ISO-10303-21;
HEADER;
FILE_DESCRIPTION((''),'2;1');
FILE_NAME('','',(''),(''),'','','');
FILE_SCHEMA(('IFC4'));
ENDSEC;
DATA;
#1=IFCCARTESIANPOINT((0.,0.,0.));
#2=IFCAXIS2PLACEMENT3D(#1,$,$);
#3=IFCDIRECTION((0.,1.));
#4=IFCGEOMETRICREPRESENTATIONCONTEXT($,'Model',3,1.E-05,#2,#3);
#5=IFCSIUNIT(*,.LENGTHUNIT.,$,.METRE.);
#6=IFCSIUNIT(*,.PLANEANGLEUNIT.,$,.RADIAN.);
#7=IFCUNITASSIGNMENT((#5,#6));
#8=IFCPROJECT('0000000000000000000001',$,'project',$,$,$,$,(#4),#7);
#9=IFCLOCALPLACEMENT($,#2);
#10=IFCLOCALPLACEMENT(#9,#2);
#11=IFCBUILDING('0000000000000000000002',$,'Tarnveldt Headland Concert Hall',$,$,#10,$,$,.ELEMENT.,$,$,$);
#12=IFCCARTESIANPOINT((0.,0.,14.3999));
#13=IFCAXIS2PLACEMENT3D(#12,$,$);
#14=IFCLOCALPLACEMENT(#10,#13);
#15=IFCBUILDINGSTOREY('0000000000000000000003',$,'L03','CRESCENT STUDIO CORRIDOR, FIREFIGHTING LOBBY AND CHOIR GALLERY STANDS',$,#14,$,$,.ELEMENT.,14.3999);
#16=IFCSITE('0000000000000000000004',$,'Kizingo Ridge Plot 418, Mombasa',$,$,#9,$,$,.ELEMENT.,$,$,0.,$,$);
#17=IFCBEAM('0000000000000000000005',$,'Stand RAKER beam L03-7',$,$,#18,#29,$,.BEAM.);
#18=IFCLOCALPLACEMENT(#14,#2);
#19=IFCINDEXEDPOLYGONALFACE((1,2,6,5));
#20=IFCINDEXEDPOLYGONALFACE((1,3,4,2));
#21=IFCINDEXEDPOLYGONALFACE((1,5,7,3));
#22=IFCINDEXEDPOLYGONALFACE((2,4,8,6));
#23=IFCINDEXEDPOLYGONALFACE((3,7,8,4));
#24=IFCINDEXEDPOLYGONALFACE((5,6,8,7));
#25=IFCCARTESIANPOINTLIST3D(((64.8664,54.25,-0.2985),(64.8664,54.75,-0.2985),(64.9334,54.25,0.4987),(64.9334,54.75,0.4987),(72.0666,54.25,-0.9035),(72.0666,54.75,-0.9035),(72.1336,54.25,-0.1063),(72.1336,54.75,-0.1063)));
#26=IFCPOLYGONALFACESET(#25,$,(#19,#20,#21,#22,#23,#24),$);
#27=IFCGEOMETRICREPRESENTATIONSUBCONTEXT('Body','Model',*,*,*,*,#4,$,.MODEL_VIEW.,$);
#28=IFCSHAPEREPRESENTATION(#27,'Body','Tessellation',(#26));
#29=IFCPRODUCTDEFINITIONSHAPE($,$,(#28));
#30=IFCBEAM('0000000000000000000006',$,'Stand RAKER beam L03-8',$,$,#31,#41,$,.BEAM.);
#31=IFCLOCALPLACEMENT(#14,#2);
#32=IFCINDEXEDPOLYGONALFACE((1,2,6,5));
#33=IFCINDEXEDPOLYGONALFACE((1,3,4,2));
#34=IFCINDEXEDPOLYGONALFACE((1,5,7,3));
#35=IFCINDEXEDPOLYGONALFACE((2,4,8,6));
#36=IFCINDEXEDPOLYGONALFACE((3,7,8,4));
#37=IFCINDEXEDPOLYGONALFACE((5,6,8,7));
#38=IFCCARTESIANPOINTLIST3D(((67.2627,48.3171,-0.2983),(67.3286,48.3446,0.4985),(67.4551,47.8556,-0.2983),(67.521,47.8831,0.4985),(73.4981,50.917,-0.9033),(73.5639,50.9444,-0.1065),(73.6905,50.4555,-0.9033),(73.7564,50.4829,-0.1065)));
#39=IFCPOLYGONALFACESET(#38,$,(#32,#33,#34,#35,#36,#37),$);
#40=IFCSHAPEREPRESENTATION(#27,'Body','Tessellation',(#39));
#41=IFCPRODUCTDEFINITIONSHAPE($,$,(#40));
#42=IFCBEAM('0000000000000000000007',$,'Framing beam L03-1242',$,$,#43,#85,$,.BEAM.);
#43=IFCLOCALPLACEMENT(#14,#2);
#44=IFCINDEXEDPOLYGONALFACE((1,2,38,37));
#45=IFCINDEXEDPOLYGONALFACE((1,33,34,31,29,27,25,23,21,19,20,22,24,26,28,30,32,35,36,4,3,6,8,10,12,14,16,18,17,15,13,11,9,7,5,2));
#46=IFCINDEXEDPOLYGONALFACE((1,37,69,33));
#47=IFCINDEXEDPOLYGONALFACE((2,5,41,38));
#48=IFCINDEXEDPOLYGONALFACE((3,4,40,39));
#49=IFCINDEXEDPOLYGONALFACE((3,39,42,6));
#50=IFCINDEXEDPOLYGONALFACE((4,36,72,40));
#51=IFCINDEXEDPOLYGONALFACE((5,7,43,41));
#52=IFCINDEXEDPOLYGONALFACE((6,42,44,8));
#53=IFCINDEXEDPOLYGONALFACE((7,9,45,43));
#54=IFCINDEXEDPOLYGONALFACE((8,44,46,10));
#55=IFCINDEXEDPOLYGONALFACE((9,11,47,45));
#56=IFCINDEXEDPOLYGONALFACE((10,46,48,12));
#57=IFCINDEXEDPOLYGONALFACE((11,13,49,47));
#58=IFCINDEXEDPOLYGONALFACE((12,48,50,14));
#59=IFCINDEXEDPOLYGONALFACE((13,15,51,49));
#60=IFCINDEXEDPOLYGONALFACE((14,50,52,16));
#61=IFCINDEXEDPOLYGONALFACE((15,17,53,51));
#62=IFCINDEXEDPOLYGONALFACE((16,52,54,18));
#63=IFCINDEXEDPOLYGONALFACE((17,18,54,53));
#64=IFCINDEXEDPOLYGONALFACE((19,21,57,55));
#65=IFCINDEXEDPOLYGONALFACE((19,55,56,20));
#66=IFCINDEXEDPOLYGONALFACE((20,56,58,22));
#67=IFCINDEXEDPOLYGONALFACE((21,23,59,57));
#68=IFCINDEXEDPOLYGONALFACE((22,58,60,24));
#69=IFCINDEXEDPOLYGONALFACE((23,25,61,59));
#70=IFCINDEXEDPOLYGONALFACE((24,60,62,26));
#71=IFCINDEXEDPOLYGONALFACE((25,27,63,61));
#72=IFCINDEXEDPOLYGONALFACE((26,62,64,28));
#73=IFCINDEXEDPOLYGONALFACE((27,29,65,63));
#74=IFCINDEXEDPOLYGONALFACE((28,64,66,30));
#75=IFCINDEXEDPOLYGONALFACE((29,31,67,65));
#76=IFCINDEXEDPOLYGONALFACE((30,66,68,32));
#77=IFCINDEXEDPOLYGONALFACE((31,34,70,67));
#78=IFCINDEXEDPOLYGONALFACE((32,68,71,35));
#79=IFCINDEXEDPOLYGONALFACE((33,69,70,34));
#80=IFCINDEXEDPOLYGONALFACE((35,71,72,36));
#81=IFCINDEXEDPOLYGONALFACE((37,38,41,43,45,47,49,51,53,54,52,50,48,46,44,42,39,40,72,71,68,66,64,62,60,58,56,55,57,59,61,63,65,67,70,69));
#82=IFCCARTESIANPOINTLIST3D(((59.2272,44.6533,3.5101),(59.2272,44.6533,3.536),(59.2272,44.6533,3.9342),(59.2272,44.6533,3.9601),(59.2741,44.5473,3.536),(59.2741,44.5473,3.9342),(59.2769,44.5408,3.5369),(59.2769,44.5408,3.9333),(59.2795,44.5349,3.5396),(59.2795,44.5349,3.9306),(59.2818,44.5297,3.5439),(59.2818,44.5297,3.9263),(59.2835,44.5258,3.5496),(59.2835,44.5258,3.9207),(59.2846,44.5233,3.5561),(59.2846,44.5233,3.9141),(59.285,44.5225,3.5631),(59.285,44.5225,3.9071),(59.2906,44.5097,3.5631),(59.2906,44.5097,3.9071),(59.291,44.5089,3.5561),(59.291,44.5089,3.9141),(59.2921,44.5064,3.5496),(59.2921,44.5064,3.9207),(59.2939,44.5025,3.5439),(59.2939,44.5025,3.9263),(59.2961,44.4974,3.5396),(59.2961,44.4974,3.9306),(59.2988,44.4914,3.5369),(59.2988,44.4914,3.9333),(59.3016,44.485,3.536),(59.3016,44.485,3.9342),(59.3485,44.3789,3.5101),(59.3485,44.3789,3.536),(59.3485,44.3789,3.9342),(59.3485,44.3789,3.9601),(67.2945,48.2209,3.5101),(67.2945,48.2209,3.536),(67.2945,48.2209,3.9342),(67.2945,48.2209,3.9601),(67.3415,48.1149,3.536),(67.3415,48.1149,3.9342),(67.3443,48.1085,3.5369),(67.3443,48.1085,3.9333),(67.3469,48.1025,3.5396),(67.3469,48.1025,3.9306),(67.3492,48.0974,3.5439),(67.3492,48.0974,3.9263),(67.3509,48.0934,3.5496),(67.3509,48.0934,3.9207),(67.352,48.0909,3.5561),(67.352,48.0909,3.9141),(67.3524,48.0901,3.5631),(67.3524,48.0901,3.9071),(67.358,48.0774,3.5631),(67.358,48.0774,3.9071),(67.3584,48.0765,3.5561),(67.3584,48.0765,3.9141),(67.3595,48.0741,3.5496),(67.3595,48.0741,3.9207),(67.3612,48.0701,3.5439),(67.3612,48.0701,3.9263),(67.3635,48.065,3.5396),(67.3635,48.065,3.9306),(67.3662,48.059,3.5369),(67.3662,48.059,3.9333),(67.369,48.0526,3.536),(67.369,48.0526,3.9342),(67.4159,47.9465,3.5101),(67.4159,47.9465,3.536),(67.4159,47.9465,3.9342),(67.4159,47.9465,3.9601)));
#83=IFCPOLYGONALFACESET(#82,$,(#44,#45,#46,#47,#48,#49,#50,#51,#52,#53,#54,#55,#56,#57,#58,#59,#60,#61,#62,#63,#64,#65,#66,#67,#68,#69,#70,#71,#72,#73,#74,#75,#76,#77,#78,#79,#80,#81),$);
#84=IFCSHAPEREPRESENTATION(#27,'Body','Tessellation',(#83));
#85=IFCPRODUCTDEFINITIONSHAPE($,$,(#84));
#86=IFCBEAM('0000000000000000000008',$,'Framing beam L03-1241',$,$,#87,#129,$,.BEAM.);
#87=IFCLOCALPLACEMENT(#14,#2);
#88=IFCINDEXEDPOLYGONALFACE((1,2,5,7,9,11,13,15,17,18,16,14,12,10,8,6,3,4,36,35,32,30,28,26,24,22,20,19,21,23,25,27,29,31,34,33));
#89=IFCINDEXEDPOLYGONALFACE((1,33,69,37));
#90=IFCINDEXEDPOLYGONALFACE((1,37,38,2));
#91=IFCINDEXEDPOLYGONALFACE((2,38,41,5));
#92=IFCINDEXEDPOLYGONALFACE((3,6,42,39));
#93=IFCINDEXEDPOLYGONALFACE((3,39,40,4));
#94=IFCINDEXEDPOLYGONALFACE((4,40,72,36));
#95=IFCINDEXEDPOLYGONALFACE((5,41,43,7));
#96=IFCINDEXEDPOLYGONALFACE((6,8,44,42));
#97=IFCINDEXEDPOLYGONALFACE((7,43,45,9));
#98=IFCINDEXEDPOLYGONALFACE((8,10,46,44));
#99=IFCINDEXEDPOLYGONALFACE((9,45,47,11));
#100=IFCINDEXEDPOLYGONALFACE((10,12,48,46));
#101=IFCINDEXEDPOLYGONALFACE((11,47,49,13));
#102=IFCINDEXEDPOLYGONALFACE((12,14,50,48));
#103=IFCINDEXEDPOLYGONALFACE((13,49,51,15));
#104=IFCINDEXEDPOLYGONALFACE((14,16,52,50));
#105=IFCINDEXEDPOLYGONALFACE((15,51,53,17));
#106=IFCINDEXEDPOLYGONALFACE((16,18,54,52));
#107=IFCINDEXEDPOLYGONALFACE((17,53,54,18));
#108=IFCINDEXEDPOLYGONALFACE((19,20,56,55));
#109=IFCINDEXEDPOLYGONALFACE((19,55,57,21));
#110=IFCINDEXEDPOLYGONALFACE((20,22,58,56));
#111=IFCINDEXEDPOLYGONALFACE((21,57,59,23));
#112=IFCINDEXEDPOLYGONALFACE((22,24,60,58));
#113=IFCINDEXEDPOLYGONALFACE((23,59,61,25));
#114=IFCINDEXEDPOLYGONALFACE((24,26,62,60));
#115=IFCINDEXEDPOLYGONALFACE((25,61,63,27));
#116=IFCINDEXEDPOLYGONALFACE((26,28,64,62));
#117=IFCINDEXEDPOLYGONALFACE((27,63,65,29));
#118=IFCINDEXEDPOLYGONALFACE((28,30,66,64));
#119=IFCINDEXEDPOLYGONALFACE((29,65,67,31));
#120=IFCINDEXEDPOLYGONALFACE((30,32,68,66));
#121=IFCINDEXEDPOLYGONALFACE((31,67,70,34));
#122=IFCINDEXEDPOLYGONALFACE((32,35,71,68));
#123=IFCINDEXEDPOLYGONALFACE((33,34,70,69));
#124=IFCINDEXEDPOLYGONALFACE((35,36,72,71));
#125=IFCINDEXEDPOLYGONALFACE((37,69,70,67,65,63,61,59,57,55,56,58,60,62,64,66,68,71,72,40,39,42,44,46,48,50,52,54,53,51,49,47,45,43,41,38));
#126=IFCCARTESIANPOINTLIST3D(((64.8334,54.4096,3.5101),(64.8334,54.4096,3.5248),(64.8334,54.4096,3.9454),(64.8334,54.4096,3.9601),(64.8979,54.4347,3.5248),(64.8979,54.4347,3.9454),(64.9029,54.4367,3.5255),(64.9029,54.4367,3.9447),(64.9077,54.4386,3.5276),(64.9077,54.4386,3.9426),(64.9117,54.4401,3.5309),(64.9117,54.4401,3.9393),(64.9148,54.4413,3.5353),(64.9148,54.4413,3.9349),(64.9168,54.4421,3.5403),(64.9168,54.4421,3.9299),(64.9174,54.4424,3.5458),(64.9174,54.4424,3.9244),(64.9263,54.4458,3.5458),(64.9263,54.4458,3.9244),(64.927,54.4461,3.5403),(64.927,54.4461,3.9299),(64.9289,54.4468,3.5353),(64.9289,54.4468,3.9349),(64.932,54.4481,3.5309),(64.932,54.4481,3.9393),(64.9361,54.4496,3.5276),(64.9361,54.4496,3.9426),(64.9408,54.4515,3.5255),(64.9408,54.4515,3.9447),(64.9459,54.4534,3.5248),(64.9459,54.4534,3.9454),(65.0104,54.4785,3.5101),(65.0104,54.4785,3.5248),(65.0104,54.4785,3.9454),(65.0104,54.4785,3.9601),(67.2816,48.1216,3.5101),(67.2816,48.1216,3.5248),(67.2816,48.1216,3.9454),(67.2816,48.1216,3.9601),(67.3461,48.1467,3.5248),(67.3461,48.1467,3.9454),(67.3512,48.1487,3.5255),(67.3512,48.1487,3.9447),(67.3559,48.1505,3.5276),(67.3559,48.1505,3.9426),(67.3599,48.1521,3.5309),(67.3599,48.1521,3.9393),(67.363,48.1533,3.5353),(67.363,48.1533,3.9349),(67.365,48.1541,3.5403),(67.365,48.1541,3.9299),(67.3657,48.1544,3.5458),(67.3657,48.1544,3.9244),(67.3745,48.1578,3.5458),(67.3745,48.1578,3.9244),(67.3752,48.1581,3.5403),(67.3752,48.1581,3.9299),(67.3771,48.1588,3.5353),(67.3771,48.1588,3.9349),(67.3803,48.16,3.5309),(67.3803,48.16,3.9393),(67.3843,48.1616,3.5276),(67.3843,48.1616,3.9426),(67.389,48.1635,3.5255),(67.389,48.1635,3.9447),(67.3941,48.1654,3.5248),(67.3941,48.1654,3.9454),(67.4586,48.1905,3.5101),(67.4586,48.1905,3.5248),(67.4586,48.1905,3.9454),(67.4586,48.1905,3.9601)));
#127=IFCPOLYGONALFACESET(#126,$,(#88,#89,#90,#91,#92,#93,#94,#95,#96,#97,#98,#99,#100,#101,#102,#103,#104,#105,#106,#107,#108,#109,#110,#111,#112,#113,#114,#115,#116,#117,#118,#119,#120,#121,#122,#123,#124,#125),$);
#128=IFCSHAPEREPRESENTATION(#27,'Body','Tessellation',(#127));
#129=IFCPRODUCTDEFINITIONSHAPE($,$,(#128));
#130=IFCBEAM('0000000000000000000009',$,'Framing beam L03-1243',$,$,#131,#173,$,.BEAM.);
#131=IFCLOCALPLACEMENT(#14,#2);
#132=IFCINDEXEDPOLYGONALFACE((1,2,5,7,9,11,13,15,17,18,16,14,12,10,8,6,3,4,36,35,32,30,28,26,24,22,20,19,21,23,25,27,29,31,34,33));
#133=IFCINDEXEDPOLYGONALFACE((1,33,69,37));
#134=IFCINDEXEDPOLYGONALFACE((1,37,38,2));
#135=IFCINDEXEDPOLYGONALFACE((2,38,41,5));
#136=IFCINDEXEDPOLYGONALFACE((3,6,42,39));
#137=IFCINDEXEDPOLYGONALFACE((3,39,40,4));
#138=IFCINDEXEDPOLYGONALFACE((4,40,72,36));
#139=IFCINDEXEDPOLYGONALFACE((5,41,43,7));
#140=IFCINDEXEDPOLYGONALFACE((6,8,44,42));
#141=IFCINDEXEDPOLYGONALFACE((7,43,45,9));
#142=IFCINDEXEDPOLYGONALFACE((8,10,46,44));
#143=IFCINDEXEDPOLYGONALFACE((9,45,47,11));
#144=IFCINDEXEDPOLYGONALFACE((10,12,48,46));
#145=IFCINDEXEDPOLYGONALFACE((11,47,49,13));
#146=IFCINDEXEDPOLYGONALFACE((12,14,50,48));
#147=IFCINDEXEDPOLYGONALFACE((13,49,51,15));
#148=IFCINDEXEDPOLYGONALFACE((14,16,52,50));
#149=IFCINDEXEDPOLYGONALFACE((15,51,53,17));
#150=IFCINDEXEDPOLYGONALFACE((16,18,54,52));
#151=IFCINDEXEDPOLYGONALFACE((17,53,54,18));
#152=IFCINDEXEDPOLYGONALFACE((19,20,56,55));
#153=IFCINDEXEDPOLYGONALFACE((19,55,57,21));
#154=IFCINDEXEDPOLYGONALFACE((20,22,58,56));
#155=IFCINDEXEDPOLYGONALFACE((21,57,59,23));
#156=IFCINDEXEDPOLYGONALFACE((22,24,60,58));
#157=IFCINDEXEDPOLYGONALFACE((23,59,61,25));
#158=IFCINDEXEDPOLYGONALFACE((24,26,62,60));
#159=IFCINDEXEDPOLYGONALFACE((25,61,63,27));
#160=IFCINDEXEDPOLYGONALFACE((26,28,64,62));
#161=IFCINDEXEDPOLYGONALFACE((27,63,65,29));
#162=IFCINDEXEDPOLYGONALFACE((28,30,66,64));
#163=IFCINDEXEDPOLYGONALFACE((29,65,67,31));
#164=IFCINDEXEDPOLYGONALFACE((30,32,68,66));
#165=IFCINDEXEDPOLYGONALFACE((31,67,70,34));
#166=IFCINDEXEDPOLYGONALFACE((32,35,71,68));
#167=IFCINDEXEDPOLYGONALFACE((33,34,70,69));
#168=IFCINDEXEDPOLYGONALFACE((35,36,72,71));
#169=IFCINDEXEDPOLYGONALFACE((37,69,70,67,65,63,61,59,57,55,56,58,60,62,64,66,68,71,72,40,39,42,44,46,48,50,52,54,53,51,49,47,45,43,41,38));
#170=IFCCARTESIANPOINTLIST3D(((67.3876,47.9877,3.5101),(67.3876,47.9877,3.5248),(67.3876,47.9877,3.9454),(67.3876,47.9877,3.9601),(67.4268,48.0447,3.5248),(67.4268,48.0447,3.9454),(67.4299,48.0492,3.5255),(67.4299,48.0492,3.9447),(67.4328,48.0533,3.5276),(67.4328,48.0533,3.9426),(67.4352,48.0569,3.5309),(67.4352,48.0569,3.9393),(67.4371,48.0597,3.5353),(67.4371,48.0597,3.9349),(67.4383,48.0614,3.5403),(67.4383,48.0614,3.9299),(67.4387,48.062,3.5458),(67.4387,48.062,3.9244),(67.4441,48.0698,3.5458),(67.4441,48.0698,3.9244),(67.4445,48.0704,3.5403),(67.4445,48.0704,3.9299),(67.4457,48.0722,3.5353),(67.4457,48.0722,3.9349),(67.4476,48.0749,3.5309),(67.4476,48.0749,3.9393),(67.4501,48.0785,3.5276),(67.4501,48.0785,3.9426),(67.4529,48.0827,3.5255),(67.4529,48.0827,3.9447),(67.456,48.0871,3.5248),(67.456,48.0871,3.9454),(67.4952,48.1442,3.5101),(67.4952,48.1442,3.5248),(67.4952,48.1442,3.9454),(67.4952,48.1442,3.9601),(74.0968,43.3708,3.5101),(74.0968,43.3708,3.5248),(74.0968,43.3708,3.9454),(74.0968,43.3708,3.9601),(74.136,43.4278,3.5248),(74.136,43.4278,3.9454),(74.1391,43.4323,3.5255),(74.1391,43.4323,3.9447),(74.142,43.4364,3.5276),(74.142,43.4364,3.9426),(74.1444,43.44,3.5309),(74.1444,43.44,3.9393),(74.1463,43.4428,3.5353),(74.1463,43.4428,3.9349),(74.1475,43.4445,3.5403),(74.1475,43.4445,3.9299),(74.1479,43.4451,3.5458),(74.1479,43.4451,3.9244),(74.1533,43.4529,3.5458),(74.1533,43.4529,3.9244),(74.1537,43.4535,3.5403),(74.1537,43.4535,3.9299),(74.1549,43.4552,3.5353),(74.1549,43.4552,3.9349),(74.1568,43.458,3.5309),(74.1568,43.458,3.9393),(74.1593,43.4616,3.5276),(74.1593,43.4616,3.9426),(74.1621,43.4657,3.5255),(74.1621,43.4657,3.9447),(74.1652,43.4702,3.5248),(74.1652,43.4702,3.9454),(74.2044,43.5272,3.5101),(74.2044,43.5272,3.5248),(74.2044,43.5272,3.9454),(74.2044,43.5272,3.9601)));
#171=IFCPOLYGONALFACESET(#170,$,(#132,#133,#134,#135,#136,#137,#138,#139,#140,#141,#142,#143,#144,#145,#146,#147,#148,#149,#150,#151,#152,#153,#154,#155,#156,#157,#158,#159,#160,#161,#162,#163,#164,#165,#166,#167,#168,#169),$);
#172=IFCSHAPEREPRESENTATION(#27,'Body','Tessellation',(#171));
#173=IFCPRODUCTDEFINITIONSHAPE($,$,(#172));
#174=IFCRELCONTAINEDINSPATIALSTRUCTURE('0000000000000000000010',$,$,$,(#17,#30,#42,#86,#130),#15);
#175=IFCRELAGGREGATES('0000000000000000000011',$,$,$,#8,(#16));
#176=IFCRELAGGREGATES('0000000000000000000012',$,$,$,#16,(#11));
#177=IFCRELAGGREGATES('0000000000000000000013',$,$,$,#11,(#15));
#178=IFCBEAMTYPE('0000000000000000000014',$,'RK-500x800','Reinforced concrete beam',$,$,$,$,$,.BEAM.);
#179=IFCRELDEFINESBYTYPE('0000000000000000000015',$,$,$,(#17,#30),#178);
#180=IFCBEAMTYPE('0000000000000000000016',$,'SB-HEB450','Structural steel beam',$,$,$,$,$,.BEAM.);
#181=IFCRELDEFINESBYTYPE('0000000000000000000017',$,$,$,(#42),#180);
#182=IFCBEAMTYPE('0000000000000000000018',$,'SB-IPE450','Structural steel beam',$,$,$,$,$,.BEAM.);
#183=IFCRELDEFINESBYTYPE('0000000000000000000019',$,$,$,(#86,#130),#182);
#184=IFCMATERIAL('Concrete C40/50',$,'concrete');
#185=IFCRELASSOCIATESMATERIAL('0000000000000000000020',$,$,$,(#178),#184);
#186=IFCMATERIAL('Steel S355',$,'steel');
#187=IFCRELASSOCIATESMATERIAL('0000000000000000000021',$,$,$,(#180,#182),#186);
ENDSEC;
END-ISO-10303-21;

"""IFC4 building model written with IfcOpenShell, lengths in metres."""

from ifc_helpers import new_model, si_unit, direction, frame, origin, origin_2d, place, context, subcontext, project, spatial, rectangle, i_section, extrude, material, material_profile, profile_set, type_object, element, save


model = new_model("IFC4")

# Units and contexts
model_context = context("Model", 3, precision=1e-05, world=origin(), true_north=direction((0.0, 1.0)))
body_context = subcontext(model_context, "Body", "Model", "MODEL_VIEW")
ifc_project = project(units=[si_unit("LENGTHUNIT", "METRE"), si_unit("PLANEANGLEUNIT", "RADIAN")], contexts=[model_context])

# Site, building, storey
site_placement = place(None, origin())
site = spatial("IfcSite", under=ifc_project, at=site_placement, Name="Kizingo Ridge Plot 418, Mombasa", CompositionType="ELEMENT", RefElevation=0.0)
building_placement = place(site_placement, origin())
building = spatial("IfcBuilding", under=site, at=building_placement, Name="Tarnveldt Headland Concert Hall", CompositionType="ELEMENT")
storey_placement = place(building_placement, frame((0.0, 0.0, 14.3999)))
storey = spatial("IfcBuildingStorey", under=building, at=storey_placement, Name="L03", Description="CRESCENT STUDIO CORRIDOR, FIREFIGHTING LOBBY AND CHOIR GALLERY STANDS", CompositionType="ELEMENT", Elevation=14.3999)

# Shared definitions
ifc_material_1 = material(Name="Concrete C40/50", Category="concrete")

# Beams
ifc_material_profile_1 = material_profile(ifc_material_1, rectangle(XDim=0.5, YDim=0.8, at=origin_2d()), Name="RAKER RC 500x800", Category="concrete")
ifc_profile_set_1 = profile_set([ifc_material_profile_1], Name="Concrete C40/50")
beam_type_1 = type_object("IfcBeamType", Name="RK-500x800", Description="Reinforced concrete beam", PredefinedType="BEAM", material=ifc_profile_set_1)
beam_1_placement = place(storey_placement, frame((64.8999, 54.5, 0.1001), z_axis=(0.996489, 0.0, -0.083728), x_axis=(0.0, 1.0, 0.0)))
element("IfcBeam", 1, at=beam_1_placement, inside=storey, type_object=beam_type_1, Name="Stand RAKER beam L03-7", PredefinedType="BEAM", context=body_context, shape_type="SweptSolid", body=[
    extrude(rectangle(XDim=0.5, YDim=0.8, at=origin_2d()), origin(), (0.0, 0.0, 1.0), 7.2256),
])
beam_2_placement = place(storey_placement, frame((67.3918, 48.1001, 0.1001), z_axis=(0.919304, 0.383307, -0.089195), x_axis=(-0.384841, 0.922983, 0.0)))
element("IfcBeam", 2, at=beam_2_placement, inside=storey, type_object=beam_type_1, Name="Stand RAKER beam L03-8", PredefinedType="BEAM", context=body_context, shape_type="SweptSolid", body=[
    extrude(rectangle(XDim=0.5, YDim=0.8, at=origin_2d()), origin(), (0.0, 0.0, 1.0), 6.7827),
])
ifc_material_2 = material(Name="Steel S355", Category="steel")
ifc_material_profile_2 = material_profile(ifc_material_2, i_section(OverallWidth=0.3, OverallDepth=0.45, WebThickness=0.0139, FlangeThickness=0.0259, FilletRadius=0.0271, at=origin_2d()), Name="HEB450", Category="steel")
ifc_profile_set_2 = profile_set([ifc_material_profile_2], Name="Steel S355")
beam_type_2 = type_object("IfcBeamType", Name="SB-HEB450", Description="Structural steel beam", PredefinedType="BEAM", material=ifc_profile_set_2)
beam_3_placement = place(storey_placement, frame((67.3552, 48.0837, 3.7351), z_axis=(-0.914562, -0.404445, 0.0), x_axis=(0.404445, -0.914562, 0.0)))
element("IfcBeam", 3, at=beam_3_placement, inside=storey, type_object=beam_type_2, Name="Framing beam L03-1242", PredefinedType="BEAM", context=body_context, shape_type="SweptSolid", body=[
    extrude(i_section(OverallWidth=0.3, OverallDepth=0.45, WebThickness=0.0139, FlangeThickness=0.0259, FilletRadius=0.0271, at=origin_2d()), origin(), (0.0, 0.0, 1.0), 8.821),
])
ifc_material_profile_3 = material_profile(ifc_material_2, i_section(OverallWidth=0.1899, OverallDepth=0.45, WebThickness=0.0095, FlangeThickness=0.0146, FilletRadius=0.021, at=origin_2d()), Name="IPE450", Category="steel")
ifc_profile_set_3 = profile_set([ifc_material_profile_3], Name="Steel S355")
beam_type_3 = type_object("IfcBeamType", Name="SB-IPE450", Description="Structural steel beam", PredefinedType="BEAM", material=ifc_profile_set_3)
beam_4_placement = place(storey_placement, frame((64.9219, 54.4441, 3.7351), z_axis=(0.362816, -0.931861, 0.0), x_axis=(0.931861, 0.362816, 0.0)))
element("IfcBeam", 4, at=beam_4_placement, inside=storey, type_object=beam_type_3, Name="Framing beam L03-1241", PredefinedType="BEAM", context=body_context, shape_type="SweptSolid", body=[
    extrude(i_section(OverallWidth=0.1899, OverallDepth=0.45, WebThickness=0.0095, FlangeThickness=0.0146, FilletRadius=0.021, at=origin_2d()), origin(), (0.0, 0.0, 1.0), 6.7478),
])
beam_5_placement = place(storey_placement, frame((67.4414, 48.0659, 3.7351), z_axis=(0.823793, -0.566891, 0.0), x_axis=(0.566891, 0.823793, 0.0)))
element("IfcBeam", 5, at=beam_5_placement, inside=storey, type_object=beam_type_3, Name="Framing beam L03-1243", PredefinedType="BEAM", context=body_context, shape_type="SweptSolid", body=[
    extrude(i_section(OverallWidth=0.1899, OverallDepth=0.45, WebThickness=0.0095, FlangeThickness=0.0146, FilletRadius=0.021, at=origin_2d()), origin(), (0.0, 0.0, 1.0), 8.1443),
])

save(model, "model.ifc")
